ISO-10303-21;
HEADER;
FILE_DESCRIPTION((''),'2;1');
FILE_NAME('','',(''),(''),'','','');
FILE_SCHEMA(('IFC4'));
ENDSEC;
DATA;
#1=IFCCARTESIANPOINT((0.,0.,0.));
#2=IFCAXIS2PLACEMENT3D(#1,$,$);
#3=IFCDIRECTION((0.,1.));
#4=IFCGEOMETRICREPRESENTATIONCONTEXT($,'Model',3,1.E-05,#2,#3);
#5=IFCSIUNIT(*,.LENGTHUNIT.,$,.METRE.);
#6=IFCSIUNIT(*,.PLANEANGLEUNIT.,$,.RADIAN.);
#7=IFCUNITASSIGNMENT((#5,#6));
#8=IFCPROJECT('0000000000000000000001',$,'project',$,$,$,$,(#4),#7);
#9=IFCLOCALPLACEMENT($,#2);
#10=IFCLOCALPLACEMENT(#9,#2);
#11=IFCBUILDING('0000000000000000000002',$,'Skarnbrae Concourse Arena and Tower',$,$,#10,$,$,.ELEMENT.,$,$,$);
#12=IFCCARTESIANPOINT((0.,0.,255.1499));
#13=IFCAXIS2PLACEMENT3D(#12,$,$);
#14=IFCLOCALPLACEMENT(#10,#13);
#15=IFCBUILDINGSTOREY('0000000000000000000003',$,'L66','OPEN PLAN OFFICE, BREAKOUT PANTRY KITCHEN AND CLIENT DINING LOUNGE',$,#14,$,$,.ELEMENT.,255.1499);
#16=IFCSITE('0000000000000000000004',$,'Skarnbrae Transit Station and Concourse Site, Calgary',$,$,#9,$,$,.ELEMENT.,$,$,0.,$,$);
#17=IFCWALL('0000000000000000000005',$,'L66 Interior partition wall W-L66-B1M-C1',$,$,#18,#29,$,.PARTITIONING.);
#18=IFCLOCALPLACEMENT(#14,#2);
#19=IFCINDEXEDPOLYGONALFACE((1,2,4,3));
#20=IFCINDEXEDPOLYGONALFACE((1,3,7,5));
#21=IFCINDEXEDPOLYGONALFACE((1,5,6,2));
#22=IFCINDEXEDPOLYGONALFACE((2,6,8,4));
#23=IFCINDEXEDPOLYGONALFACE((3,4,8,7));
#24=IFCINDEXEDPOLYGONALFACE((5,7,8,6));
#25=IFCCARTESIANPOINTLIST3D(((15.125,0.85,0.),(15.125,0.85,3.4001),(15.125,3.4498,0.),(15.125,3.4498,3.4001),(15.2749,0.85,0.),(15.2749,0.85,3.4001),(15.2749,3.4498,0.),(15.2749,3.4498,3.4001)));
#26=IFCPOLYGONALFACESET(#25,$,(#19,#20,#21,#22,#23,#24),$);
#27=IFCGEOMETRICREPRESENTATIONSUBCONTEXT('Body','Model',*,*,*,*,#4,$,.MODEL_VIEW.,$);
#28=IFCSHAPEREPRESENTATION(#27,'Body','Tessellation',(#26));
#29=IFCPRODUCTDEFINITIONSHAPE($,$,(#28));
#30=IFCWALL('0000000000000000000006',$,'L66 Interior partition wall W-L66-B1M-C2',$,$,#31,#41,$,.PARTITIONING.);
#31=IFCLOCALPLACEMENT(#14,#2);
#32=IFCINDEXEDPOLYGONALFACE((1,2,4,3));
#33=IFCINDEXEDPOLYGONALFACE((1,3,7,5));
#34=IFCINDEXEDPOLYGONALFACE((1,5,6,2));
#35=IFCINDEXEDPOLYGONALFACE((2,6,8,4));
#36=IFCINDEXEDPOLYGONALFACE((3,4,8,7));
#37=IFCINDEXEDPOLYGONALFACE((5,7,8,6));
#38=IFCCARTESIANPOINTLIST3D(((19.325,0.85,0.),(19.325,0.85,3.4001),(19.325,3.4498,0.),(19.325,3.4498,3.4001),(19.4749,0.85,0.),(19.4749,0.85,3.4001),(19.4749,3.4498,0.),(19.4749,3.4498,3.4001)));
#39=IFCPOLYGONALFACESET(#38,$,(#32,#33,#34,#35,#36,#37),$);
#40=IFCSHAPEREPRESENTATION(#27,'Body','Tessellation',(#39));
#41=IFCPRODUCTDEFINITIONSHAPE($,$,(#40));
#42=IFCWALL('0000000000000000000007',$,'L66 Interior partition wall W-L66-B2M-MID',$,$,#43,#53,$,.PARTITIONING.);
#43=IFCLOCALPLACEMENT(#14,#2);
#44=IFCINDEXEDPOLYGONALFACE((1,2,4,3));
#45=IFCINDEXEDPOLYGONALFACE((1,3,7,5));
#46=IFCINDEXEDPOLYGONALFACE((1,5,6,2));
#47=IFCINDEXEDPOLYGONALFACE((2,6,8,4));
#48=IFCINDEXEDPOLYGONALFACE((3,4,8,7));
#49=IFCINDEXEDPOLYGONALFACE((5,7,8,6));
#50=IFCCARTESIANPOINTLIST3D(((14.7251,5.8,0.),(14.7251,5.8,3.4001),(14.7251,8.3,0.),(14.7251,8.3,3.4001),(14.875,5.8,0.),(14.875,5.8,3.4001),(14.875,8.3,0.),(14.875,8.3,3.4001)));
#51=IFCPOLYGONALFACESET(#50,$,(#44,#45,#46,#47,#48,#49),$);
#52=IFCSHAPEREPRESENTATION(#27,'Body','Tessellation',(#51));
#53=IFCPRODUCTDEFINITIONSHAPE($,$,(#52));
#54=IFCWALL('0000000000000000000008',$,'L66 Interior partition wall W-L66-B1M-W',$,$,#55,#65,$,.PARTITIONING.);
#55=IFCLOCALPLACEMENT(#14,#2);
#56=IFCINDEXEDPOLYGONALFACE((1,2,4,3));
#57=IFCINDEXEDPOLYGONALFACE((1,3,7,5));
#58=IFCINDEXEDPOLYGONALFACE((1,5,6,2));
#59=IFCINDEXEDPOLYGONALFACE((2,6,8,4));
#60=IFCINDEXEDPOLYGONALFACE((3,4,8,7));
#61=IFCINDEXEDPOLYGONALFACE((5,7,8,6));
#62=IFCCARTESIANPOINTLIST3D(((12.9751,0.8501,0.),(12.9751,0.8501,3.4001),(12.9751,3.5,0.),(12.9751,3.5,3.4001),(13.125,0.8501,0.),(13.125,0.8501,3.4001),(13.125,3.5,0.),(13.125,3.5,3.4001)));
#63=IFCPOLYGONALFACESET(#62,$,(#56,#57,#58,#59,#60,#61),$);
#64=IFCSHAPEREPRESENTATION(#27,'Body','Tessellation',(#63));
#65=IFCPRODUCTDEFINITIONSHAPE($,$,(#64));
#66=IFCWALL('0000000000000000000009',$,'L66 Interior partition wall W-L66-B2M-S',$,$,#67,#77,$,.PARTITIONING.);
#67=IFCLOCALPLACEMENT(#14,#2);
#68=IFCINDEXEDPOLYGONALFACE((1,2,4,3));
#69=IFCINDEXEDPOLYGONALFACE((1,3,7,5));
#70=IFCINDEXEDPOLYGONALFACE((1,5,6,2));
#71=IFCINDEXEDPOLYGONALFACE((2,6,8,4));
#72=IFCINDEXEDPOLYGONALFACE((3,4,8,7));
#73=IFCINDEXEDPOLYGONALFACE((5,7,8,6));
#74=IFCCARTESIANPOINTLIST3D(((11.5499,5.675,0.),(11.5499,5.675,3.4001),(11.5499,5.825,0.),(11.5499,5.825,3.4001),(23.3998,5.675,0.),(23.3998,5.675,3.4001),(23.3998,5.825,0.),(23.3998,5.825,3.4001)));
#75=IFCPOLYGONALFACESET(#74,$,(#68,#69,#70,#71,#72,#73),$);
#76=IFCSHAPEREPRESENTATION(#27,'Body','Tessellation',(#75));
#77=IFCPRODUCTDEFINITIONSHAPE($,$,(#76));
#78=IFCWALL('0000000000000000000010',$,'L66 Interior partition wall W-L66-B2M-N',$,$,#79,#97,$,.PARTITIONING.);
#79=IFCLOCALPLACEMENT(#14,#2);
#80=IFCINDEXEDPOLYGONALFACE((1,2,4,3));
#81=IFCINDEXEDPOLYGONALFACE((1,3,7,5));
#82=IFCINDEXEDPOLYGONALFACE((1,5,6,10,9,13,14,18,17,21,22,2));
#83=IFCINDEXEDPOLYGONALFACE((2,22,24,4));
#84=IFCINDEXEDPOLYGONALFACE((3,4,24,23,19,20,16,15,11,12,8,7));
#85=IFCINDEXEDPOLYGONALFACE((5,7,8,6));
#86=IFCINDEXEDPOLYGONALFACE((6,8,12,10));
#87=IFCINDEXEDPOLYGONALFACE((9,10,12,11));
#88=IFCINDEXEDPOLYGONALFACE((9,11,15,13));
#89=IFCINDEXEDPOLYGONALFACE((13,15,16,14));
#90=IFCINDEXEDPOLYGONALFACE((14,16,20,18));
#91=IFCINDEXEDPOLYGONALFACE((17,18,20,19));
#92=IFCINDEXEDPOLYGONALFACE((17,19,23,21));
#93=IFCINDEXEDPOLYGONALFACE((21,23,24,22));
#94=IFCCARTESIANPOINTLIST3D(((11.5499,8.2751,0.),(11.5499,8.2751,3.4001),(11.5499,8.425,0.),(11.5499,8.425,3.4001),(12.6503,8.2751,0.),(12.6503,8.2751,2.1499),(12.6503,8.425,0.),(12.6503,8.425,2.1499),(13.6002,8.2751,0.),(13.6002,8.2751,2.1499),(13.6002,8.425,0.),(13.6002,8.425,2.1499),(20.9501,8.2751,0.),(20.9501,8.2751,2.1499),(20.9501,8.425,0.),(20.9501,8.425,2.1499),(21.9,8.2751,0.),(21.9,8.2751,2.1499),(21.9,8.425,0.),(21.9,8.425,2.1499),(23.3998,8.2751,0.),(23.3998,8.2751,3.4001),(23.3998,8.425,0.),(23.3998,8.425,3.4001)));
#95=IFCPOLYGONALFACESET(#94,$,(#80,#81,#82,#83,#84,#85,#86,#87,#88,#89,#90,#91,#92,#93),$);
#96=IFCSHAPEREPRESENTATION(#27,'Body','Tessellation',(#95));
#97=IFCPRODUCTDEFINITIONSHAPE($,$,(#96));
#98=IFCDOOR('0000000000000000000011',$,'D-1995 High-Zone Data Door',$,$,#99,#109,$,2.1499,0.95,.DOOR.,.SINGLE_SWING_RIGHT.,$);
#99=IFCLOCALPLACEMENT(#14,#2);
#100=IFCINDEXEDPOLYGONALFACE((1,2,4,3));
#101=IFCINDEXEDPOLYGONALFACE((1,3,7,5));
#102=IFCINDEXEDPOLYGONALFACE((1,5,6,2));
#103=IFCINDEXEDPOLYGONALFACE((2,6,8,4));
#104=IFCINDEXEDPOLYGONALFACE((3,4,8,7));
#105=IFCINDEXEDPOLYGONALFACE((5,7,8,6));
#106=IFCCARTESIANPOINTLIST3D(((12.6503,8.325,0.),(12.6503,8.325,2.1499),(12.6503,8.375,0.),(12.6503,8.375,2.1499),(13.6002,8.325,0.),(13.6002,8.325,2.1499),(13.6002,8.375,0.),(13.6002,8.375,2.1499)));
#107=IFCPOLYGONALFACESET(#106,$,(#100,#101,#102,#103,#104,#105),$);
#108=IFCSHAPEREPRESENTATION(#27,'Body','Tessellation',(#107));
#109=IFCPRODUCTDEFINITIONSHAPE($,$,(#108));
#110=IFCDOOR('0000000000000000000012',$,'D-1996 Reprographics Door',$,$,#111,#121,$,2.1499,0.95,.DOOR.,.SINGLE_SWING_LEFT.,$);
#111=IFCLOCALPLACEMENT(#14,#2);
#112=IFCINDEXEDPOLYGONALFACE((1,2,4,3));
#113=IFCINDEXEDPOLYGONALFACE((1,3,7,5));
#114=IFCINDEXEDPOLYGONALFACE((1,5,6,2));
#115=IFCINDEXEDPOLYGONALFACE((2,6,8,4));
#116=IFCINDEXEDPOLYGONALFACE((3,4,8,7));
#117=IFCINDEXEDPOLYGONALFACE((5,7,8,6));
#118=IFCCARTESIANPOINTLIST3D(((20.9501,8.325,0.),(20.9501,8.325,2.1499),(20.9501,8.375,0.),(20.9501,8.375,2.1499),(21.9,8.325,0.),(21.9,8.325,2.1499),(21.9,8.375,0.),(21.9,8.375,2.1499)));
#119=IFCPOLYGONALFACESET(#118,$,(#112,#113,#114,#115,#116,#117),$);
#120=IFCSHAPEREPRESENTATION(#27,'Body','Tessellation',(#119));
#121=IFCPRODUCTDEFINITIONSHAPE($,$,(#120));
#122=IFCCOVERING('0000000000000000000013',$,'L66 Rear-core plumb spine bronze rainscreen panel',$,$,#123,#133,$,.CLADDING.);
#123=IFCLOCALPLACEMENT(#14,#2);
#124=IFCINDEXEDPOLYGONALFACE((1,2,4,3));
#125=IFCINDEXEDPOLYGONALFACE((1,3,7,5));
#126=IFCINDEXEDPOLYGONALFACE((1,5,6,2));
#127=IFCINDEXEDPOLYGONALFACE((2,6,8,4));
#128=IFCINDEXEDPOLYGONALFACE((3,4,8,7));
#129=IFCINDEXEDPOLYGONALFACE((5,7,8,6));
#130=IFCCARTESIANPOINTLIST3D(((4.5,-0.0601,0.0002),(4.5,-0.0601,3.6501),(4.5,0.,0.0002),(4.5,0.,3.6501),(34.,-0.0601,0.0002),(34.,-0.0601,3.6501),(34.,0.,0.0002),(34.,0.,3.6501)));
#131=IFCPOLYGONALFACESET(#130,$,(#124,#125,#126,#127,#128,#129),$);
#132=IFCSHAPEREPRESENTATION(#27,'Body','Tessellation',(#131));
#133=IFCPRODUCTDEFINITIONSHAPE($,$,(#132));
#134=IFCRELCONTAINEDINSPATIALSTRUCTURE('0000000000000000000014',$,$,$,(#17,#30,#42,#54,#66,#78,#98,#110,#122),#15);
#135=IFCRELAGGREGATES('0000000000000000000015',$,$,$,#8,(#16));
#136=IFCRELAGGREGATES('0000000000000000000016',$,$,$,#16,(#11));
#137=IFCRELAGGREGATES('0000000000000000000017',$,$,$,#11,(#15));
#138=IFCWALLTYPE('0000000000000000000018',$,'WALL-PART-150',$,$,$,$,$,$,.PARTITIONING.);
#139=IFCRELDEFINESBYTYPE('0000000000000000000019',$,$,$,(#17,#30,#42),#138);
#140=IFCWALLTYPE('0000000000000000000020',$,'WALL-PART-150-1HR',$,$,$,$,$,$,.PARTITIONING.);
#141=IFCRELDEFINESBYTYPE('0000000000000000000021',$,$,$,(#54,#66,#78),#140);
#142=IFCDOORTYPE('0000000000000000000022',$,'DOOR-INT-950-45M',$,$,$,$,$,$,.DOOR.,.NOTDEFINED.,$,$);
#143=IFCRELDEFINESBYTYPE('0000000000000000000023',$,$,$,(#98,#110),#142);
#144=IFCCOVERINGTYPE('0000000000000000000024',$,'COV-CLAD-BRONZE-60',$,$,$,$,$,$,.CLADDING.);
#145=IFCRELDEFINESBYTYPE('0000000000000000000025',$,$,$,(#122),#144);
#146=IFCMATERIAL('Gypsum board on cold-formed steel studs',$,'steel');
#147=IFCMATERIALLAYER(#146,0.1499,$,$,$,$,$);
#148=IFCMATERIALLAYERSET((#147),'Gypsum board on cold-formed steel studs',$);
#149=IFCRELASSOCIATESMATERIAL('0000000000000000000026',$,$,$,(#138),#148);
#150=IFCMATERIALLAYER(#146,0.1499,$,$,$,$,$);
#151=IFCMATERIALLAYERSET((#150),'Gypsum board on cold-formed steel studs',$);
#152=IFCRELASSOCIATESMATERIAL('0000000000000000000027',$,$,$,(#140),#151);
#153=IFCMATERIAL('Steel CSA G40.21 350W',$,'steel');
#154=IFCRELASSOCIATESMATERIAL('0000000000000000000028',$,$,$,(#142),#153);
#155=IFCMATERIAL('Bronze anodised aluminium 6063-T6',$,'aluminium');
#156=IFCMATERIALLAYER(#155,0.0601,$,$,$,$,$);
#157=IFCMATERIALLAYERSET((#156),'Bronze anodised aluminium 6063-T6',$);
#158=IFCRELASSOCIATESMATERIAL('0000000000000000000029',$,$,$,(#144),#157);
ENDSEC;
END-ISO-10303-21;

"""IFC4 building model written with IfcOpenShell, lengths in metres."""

from ifc_helpers import new_model, si_unit, direction, frame, frame_2d, origin, origin_2d, place, context, subcontext, project, spatial, rectangle, extrude, source, transform, mapped, material, layer, layer_set, type_object, element, fill, save


model = new_model("IFC4")

# Units and contexts
model_context = context("Model", 3, precision=1e-05, world=origin(), true_north=direction((0.0, 1.0)))
body_context = subcontext(model_context, "Body", "Model", "MODEL_VIEW")
ifc_project = project(units=[si_unit("LENGTHUNIT", "METRE"), si_unit("PLANEANGLEUNIT", "RADIAN")], contexts=[model_context])

# Site, building, storey
site_placement = place(None, origin())
site = spatial("IfcSite", under=ifc_project, at=site_placement, Name="Skarnbrae Transit Station and Concourse Site, Calgary", CompositionType="ELEMENT", RefElevation=0.0)
building_placement = place(site_placement, origin())
building = spatial("IfcBuilding", under=site, at=building_placement, Name="Skarnbrae Concourse Arena and Tower", CompositionType="ELEMENT")
storey_placement = place(building_placement, frame((0.0, 0.0, 255.1499)))
storey = spatial("IfcBuildingStorey", under=building, at=storey_placement, Name="L66", Description="OPEN PLAN OFFICE, BREAKOUT PANTRY KITCHEN AND CLIENT DINING LOUNGE", CompositionType="ELEMENT", Elevation=255.1499)

# Walls
ifc_material_1 = material(Name="Gypsum board on cold-formed steel studs", Category="steel")
ifc_layer_1 = layer(ifc_material_1, 0.1499)
ifc_layer_set_1 = layer_set([ifc_layer_1], Name="Gypsum board on cold-formed steel studs")
wall_type_1 = type_object("IfcWallType", Name="WALL-PART-150", PredefinedType="PARTITIONING", material=ifc_layer_set_1)
shared_shape_1 = source(origin(), body_context, "Body", "SweptSolid", [
    extrude(rectangle(XDim=2.5999, YDim=0.1499, at=frame_2d((1.2998, 0.0))), origin(), (0.0, 0.0, 1.0), 3.4001),
])
for number, where, z_axis, x_axis, name in (
    (1, (15.2, 0.8501, 0.0), (0.0, 0.0, 1.0), (0.0, 1.0, 0.0), "L66 Interior partition wall W-L66-B1M-C1"),
    (2, (19.3999, 0.8501, 0.0), (0.0, 0.0, 1.0), (0.0, 1.0, 0.0), "L66 Interior partition wall W-L66-B1M-C2"),
):
    element("IfcWall", number, at=place(storey_placement, frame(where, z_axis=z_axis, x_axis=x_axis)), inside=storey, type_object=wall_type_1, Name=name, PredefinedType="PARTITIONING", context=body_context, shape_type="MappedRepresentation", body=[
        mapped(shared_shape_1, transform((0.0, 0.0, 0.0))),
    ])
shared_shape_2 = source(origin(), body_context, "Body", "SweptSolid", [
    extrude(rectangle(XDim=2.5, YDim=0.1499, at=frame_2d((1.25, 0.0))), origin(), (0.0, 0.0, 1.0), 3.4001),
])
wall_1_placement = place(storey_placement, frame((14.8, 5.8, 0.0), z_axis=(0.0, 0.0, 1.0), x_axis=(0.0, 1.0, 0.0)))
element("IfcWall", 3, at=wall_1_placement, inside=storey, type_object=wall_type_1, Name="L66 Interior partition wall W-L66-B2M-MID", PredefinedType="PARTITIONING", context=body_context, shape_type="MappedRepresentation", body=[
    mapped(shared_shape_2, transform((0.0, 0.0, 0.0))),
])

# Shared definitions
ifc_material_2 = material(Name="Bronze anodised aluminium 6063-T6", Category="aluminium")

# Wall
ifc_layer_2 = layer(ifc_material_1, 0.1499)
ifc_layer_set_2 = layer_set([ifc_layer_2], Name="Gypsum board on cold-formed steel studs")
wall_type_2 = type_object("IfcWallType", Name="WALL-PART-150-1HR", PredefinedType="PARTITIONING", material=ifc_layer_set_2)
shared_shape_3 = source(origin(), body_context, "Body", "SweptSolid", [
    extrude(rectangle(XDim=2.6499, YDim=0.1499, at=frame_2d((1.325, 0.0))), origin(), (0.0, 0.0, 1.0), 3.4001),
])
wall_2_placement = place(storey_placement, frame((13.05, 0.8501, 0.0), z_axis=(0.0, 0.0, 1.0), x_axis=(0.0, 1.0, 0.0)))
element("IfcWall", 4, at=wall_2_placement, inside=storey, type_object=wall_type_2, Name="L66 Interior partition wall W-L66-B1M-W", PredefinedType="PARTITIONING", context=body_context, shape_type="MappedRepresentation", body=[
    mapped(shared_shape_3, transform((0.0, 0.0, 0.0))),
])

# Shared definitions
ifc_material_3 = material(Name="Steel CSA G40.21 350W", Category="steel")
door_type_1 = type_object("IfcDoorType", Name="DOOR-INT-950-45M", OperationType="NOTDEFINED", PredefinedType="DOOR", material=ifc_material_3)
shared_shape_4 = source(origin(), body_context, "Body", "SweptSolid", [
    extrude(rectangle(XDim=0.95, YDim=2.1499, at=frame_2d((0.4751, 1.075))), frame((0.0, 0.0249, 0.0), z_axis=(0.0, -1.0, 0.0), x_axis=(1.0, 0.0, 0.0)), (0.0, 0.0, 1.0), 0.05),
])

# Wall
shared_shape_5 = source(origin(), body_context, "Body", "SweptSolid", [
    extrude(rectangle(XDim=11.8499, YDim=0.1499, at=frame_2d((5.9248, 0.0))), origin(), (0.0, 0.0, 1.0), 3.4001),
])
wall_3_placement = place(storey_placement, frame((11.55, 5.75, 0.0), z_axis=(0.0, 0.0, 1.0), x_axis=(1.0, 0.0, 0.0)))
element("IfcWall", 5, at=wall_3_placement, inside=storey, type_object=wall_type_2, Name="L66 Interior partition wall W-L66-B2M-S", PredefinedType="PARTITIONING", context=body_context, shape_type="MappedRepresentation", body=[
    mapped(shared_shape_5, transform((0.0, 0.0, 0.0))),
])

# Wall, openings, doors
wall_4_placement = place(storey_placement, frame((11.55, 8.3501, 0.0), z_axis=(0.0, 0.0, 1.0), x_axis=(1.0, 0.0, 0.0)))
wall_4 = element("IfcWall", 6, at=wall_4_placement, inside=storey, type_object=wall_type_2, Name="L66 Interior partition wall W-L66-B2M-N", PredefinedType="PARTITIONING", context=body_context, shape_type="MappedRepresentation", body=[
    mapped(shared_shape_5, transform((0.0, 0.0, 0.0))),
])
opening_1_placement = place(wall_4_placement, frame((1.1001, 0.0, 0.0)))
opening_1 = element("IfcOpeningElement", 7, at=opening_1_placement, cuts=wall_4, PredefinedType="OPENING", context=body_context, shape_type="SweptSolid", body=[
    extrude(rectangle(XDim=0.95, YDim=2.1499, at=frame_2d((0.4751, 1.075))), frame((0.0, 0.085, 0.0), z_axis=(0.0, -1.0, 0.0), x_axis=(1.0, 0.0, 0.0)), (0.0, 0.0, 1.0), 0.1699),
])
opening_2_placement = place(wall_4_placement, frame((9.3999, 0.0, 0.0)))
opening_2 = element("IfcOpeningElement", 8, at=opening_2_placement, cuts=wall_4, PredefinedType="OPENING", context=body_context, shape_type="SweptSolid", body=[
    extrude(rectangle(XDim=0.95, YDim=2.1499, at=frame_2d((0.4751, 1.075))), frame((0.0, 0.085, 0.0), z_axis=(0.0, -1.0, 0.0), x_axis=(1.0, 0.0, 0.0)), (0.0, 0.0, 1.0), 0.1699),
])
door_1_placement = place(opening_1_placement, origin())
door_1 = element("IfcDoor", 9, at=door_1_placement, inside=storey, type_object=door_type_1, Name="D-1995 High-Zone Data Door", OperationType="SINGLE_SWING_RIGHT", OverallHeight=2.1499, OverallWidth=0.95, PredefinedType="DOOR", context=body_context, shape_type="MappedRepresentation", body=[
    mapped(shared_shape_4, transform((0.0, 0.0, 0.0))),
])
fill(opening_1, door_1)
door_2_placement = place(opening_2_placement, origin())
door_2 = element("IfcDoor", 10, at=door_2_placement, inside=storey, type_object=door_type_1, Name="D-1996 Reprographics Door", OperationType="SINGLE_SWING_LEFT", OverallHeight=2.1499, OverallWidth=0.95, PredefinedType="DOOR", context=body_context, shape_type="MappedRepresentation", body=[
    mapped(shared_shape_4, transform((0.0, 0.0, 0.0))),
])
fill(opening_2, door_2)

# Covering
ifc_layer_3 = layer(ifc_material_2, 0.0601)
ifc_layer_set_3 = layer_set([ifc_layer_3], Name="Bronze anodised aluminium 6063-T6")
covering_type = type_object("IfcCoveringType", Name="COV-CLAD-BRONZE-60", PredefinedType="CLADDING", material=ifc_layer_set_3)
shared_shape_6 = source(origin(), body_context, "Body", "SweptSolid", [
    extrude(rectangle(XDim=29.5, YDim=0.0601, at=origin_2d()), origin(), (0.0, 0.0, 1.0), 3.6499),
])
covering_placement = place(storey_placement, frame((19.25, -0.03, 0.0002), z_axis=(0.0, 0.0, 1.0), x_axis=(1.0, 0.0, 0.0)))
element("IfcCovering", 11, at=covering_placement, inside=storey, type_object=covering_type, Name="L66 Rear-core plumb spine bronze rainscreen panel", PredefinedType="CLADDING", context=body_context, shape_type="MappedRepresentation", body=[
    mapped(shared_shape_6, transform((0.0, 0.0, 0.0))),
])

save(model, "model.ifc")
